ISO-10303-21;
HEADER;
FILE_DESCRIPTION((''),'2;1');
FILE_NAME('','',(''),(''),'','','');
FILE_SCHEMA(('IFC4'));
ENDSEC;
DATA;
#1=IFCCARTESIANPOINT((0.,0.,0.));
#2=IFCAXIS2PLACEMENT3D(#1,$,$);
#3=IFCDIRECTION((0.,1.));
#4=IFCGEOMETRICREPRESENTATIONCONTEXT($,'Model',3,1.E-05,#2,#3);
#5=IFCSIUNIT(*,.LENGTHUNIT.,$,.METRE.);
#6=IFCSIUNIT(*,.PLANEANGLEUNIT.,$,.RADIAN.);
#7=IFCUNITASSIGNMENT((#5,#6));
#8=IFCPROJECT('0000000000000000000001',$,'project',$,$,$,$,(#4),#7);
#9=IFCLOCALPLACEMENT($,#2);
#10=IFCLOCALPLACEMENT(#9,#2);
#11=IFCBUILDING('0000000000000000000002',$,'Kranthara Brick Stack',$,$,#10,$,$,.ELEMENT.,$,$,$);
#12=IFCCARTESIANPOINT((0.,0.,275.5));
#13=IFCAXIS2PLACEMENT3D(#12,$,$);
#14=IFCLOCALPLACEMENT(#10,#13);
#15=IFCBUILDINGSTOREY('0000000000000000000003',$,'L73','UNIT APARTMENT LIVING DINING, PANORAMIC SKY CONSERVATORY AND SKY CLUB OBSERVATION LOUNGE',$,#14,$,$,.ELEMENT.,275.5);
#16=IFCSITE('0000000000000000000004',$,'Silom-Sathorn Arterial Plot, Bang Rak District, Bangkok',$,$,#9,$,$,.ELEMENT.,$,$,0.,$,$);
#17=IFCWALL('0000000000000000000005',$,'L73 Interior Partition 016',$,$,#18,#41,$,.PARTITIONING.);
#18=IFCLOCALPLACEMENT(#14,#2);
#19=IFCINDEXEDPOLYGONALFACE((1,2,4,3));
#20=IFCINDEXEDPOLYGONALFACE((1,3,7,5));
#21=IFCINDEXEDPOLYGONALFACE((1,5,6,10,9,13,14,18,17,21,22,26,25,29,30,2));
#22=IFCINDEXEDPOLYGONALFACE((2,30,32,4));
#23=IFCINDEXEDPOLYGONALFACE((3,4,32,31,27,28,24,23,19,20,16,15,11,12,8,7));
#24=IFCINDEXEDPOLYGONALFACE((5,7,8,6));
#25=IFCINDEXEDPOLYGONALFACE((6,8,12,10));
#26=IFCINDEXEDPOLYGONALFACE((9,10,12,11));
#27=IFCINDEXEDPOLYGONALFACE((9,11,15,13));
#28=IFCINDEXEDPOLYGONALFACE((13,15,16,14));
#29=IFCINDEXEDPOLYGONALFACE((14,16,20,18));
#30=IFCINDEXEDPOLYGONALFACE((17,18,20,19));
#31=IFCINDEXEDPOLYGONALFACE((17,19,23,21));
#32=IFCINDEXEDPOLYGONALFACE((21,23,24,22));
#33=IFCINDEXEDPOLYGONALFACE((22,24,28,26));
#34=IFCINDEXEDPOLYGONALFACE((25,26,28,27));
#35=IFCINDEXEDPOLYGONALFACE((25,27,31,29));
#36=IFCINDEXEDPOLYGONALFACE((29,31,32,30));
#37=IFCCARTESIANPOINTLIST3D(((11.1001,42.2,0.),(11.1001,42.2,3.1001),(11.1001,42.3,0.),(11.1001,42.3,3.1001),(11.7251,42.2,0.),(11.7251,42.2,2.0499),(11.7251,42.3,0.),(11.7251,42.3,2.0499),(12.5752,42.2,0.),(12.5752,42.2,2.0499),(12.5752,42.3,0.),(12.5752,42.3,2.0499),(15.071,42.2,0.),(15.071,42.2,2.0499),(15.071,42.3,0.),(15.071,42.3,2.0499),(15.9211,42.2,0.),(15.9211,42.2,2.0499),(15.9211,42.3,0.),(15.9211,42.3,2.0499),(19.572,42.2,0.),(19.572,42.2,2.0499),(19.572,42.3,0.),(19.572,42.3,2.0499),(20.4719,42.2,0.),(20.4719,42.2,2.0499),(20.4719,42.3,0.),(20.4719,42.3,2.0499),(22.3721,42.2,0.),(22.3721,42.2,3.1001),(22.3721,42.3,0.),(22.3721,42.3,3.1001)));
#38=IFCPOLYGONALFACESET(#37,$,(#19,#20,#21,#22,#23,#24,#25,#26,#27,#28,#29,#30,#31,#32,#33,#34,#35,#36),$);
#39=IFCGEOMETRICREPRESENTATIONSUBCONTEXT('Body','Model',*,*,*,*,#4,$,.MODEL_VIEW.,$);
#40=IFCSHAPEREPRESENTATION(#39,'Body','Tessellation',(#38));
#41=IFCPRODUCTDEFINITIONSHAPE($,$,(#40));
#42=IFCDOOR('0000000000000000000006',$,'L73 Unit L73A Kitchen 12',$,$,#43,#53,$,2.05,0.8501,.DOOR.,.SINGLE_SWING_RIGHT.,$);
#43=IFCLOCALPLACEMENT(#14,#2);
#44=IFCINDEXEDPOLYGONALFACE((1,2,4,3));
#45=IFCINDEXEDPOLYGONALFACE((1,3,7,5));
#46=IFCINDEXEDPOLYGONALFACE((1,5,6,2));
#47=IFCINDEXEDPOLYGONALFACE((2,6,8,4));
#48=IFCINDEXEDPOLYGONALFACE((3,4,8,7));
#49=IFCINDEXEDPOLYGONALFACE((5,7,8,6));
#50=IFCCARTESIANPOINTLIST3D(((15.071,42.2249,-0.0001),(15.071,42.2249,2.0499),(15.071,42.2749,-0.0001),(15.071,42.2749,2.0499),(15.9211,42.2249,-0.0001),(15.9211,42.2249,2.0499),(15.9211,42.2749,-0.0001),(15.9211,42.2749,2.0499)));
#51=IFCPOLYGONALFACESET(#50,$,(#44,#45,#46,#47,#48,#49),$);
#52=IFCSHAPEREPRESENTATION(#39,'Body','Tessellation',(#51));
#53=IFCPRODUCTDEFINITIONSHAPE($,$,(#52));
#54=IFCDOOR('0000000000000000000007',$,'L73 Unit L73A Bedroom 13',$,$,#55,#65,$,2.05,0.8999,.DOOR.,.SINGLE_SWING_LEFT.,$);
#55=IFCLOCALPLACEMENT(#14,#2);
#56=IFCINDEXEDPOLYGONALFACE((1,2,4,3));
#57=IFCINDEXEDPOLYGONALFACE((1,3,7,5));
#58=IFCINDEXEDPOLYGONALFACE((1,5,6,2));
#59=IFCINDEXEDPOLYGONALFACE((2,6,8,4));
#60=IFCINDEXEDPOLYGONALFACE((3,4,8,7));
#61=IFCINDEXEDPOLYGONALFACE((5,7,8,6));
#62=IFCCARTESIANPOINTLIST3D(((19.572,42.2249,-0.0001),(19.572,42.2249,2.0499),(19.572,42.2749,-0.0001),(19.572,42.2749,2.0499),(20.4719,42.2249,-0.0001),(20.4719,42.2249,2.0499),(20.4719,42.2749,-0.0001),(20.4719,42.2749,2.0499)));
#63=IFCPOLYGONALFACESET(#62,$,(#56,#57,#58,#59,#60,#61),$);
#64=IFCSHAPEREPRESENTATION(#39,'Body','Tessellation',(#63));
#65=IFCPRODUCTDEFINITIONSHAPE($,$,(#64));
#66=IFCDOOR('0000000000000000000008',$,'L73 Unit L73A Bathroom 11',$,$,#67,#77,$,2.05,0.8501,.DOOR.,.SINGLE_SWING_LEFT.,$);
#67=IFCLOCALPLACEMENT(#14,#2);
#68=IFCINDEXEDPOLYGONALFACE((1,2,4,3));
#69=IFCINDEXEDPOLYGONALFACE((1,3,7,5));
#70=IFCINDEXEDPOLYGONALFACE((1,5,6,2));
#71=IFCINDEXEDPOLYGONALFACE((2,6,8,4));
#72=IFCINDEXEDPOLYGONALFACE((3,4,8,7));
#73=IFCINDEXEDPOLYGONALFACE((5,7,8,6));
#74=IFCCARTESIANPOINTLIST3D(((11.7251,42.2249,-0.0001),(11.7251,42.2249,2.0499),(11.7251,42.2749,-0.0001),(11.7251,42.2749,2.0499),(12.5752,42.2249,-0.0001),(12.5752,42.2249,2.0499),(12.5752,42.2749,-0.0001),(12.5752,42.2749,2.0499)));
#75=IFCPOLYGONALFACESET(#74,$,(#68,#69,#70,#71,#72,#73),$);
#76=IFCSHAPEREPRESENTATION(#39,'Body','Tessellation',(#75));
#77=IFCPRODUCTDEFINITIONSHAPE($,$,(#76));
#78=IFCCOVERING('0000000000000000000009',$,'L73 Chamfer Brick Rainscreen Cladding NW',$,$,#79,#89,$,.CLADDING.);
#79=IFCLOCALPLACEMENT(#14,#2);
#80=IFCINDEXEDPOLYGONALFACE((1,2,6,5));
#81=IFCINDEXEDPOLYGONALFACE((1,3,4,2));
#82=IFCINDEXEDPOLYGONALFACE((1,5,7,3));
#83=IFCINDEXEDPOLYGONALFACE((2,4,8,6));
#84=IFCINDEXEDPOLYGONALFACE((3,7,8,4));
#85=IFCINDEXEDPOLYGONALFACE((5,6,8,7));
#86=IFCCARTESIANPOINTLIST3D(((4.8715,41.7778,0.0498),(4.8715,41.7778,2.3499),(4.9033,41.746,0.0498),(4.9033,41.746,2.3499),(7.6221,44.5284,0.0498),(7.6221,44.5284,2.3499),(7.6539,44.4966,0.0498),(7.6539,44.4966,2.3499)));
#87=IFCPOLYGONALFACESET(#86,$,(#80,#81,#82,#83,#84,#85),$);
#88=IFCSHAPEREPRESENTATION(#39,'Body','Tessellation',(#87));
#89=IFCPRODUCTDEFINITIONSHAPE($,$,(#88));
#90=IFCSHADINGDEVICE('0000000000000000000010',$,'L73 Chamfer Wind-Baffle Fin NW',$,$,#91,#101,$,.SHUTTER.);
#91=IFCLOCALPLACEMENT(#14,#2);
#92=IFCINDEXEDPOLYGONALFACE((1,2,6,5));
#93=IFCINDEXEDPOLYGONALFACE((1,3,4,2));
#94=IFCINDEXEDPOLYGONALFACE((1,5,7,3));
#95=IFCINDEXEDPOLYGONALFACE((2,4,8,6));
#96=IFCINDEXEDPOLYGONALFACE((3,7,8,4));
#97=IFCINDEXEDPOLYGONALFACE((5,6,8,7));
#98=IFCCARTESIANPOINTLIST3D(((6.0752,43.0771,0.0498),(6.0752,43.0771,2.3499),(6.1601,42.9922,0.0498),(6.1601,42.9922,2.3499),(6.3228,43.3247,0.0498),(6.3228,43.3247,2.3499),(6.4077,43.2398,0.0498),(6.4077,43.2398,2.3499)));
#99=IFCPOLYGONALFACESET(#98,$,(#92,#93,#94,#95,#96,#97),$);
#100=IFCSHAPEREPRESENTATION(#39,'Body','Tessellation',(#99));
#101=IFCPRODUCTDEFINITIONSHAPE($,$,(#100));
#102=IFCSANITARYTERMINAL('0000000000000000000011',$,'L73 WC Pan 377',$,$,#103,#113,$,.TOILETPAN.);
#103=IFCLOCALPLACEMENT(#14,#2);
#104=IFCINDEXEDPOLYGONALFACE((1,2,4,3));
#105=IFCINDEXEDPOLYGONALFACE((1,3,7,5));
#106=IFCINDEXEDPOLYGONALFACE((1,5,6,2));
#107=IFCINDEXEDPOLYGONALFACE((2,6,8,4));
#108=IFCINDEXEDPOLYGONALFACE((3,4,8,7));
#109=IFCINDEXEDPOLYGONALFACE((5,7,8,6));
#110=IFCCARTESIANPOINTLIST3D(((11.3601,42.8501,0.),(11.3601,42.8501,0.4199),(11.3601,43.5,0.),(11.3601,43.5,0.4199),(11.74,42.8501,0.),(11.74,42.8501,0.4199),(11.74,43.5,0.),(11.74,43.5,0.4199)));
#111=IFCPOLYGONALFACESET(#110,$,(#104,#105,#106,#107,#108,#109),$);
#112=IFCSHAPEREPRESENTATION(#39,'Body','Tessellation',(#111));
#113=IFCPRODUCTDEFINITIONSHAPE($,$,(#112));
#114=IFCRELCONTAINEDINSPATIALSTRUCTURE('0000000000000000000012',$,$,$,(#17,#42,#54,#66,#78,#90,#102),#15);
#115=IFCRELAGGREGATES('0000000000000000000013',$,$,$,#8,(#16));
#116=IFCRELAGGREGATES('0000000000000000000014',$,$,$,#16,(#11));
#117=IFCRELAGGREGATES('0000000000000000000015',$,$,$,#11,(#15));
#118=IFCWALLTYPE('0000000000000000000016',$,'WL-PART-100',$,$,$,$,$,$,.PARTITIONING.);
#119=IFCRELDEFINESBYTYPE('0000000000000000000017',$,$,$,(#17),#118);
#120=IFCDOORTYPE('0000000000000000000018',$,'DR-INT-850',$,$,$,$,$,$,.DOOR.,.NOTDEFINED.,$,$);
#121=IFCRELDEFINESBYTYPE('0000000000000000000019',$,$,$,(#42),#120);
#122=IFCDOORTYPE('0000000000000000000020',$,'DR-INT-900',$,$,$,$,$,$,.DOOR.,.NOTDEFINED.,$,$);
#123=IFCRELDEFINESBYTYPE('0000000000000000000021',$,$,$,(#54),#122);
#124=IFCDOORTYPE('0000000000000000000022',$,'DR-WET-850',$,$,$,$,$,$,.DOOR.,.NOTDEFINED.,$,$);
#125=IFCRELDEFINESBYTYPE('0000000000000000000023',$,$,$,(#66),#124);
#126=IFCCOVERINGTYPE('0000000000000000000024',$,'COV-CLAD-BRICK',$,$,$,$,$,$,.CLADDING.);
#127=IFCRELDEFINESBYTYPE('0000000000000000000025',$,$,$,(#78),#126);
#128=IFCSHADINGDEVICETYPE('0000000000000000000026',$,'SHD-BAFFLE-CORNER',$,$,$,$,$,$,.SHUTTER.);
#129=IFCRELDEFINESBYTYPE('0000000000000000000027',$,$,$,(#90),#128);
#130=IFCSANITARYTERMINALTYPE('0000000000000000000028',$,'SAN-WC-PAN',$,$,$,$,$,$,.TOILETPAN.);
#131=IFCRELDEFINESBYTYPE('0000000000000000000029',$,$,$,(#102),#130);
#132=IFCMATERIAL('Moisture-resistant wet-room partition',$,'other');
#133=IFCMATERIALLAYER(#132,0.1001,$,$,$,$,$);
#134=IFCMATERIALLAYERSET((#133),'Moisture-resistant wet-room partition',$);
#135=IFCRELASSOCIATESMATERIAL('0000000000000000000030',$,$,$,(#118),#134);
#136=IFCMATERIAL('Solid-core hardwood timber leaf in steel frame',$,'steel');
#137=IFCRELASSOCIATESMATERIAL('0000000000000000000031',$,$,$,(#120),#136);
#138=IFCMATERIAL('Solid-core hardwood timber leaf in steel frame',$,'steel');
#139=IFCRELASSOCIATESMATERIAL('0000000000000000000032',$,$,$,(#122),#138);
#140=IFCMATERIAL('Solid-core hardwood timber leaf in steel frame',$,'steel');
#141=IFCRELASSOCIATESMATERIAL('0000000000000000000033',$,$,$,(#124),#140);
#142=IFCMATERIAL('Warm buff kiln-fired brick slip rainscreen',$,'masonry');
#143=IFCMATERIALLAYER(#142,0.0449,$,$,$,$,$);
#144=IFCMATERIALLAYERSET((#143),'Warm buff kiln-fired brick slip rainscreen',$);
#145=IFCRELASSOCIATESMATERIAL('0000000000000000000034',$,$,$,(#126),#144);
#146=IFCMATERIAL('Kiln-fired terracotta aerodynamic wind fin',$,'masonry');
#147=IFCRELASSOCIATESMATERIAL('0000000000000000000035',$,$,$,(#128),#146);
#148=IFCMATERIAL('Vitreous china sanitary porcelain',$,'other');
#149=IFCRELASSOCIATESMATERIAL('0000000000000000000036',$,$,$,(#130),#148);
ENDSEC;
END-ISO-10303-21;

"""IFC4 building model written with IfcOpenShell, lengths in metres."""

from ifc_helpers import new_model, si_unit, direction, frame, frame_2d, origin, origin_2d, place, context, subcontext, project, spatial, rectangle, extrude, material, layer, layer_set, type_object, element, fill, save


model = new_model("IFC4")

# Units and contexts
model_context = context("Model", 3, precision=1e-05, world=origin(), true_north=direction((0.0, 1.0)))
body_context = subcontext(model_context, "Body", "Model", "MODEL_VIEW")
ifc_project = project(units=[si_unit("LENGTHUNIT", "METRE"), si_unit("PLANEANGLEUNIT", "RADIAN")], contexts=[model_context])

# Site, building, storey
site_placement = place(None, origin())
site = spatial("IfcSite", under=ifc_project, at=site_placement, Name="Silom-Sathorn Arterial Plot, Bang Rak District, Bangkok", CompositionType="ELEMENT", RefElevation=0.0)
building_placement = place(site_placement, origin())
building = spatial("IfcBuilding", under=site, at=building_placement, Name="Kranthara Brick Stack", CompositionType="ELEMENT")
storey_placement = place(building_placement, frame((0.0, 0.0, 275.5)))
storey = spatial("IfcBuildingStorey", under=building, at=storey_placement, Name="L73", Description="UNIT APARTMENT LIVING DINING, PANORAMIC SKY CONSERVATORY AND SKY CLUB OBSERVATION LOUNGE", CompositionType="ELEMENT", Elevation=275.5)

# Wall, openings, doors
ifc_material_1 = material(Name="Moisture-resistant wet-room partition", Category="other")
ifc_layer_1 = layer(ifc_material_1, 0.1001)
ifc_layer_set_1 = layer_set([ifc_layer_1], Name="Moisture-resistant wet-room partition")
wall_type_1 = type_object("IfcWallType", Name="WL-PART-100", PredefinedType="PARTITIONING", material=ifc_layer_set_1)
wall_1_placement = place(storey_placement, frame((11.1001, 42.25, 0.0), z_axis=(0.0, 0.0, 1.0), x_axis=(1.0, 0.0, 0.0)))
wall_1 = element("IfcWall", 1, at=wall_1_placement, inside=storey, type_object=wall_type_1, Name="L73 Interior Partition 016", PredefinedType="PARTITIONING", context=body_context, shape_type="SweptSolid", body=[
    extrude(rectangle(XDim=11.272, YDim=0.1001, at=frame_2d((5.636, 0.0))), origin(), (0.0, 0.0, 1.0), 3.1001),
])
opening_1_placement = place(wall_1_placement, frame((0.625, 0.0, 0.0)))
opening_1 = element("IfcOpeningElement", 2, at=opening_1_placement, cuts=wall_1, PredefinedType="OPENING", context=body_context, shape_type="SweptSolid", body=[
    extrude(rectangle(XDim=0.8501, YDim=2.05, at=frame_2d((0.425, 1.0249))), frame((0.0, 0.0601, 0.0), z_axis=(0.0, -1.0, 0.0), x_axis=(1.0, 0.0, 0.0)), (0.0, 0.0, 1.0), 0.1201),
])
opening_2_placement = place(wall_1_placement, frame((3.9709, 0.0, 0.0)))
opening_2 = element("IfcOpeningElement", 3, at=opening_2_placement, cuts=wall_1, PredefinedType="OPENING", context=body_context, shape_type="SweptSolid", body=[
    extrude(rectangle(XDim=0.8501, YDim=2.05, at=frame_2d((0.425, 1.0249))), frame((0.0, 0.0601, 0.0), z_axis=(0.0, -1.0, 0.0), x_axis=(1.0, 0.0, 0.0)), (0.0, 0.0, 1.0), 0.1201),
])
opening_3_placement = place(wall_1_placement, frame((8.4719, 0.0, 0.0)))
opening_3 = element("IfcOpeningElement", 4, at=opening_3_placement, cuts=wall_1, PredefinedType="OPENING", context=body_context, shape_type="SweptSolid", body=[
    extrude(rectangle(XDim=0.8999, YDim=2.05, at=frame_2d((0.45, 1.0249))), frame((0.0, 0.0601, 0.0), z_axis=(0.0, -1.0, 0.0), x_axis=(1.0, 0.0, 0.0)), (0.0, 0.0, 1.0), 0.1201),
])
ifc_material_2 = material(Name="Solid-core hardwood timber leaf in steel frame", Category="steel")
door_type_1 = type_object("IfcDoorType", Name="DR-INT-850", OperationType="NOTDEFINED", PredefinedType="DOOR", material=ifc_material_2)
door_1_placement = place(opening_2_placement, origin())
door_1 = element("IfcDoor", 5, at=door_1_placement, inside=storey, type_object=door_type_1, Name="L73 Unit L73A Kitchen 12", OperationType="SINGLE_SWING_RIGHT", OverallHeight=2.05, OverallWidth=0.8501, PredefinedType="DOOR", context=body_context, shape_type="SweptSolid", body=[
    extrude(rectangle(XDim=0.8501, YDim=2.05, at=frame_2d((0.425, 1.0249))), frame((0.0, 0.0249, 0.0), z_axis=(0.0, -1.0, 0.0), x_axis=(1.0, 0.0, 0.0)), (0.0, 0.0, 1.0), 0.05),
])
fill(opening_2, door_1)
ifc_material_3 = material(Name="Solid-core hardwood timber leaf in steel frame", Category="steel")
door_type_2 = type_object("IfcDoorType", Name="DR-INT-900", OperationType="NOTDEFINED", PredefinedType="DOOR", material=ifc_material_3)
door_2_placement = place(opening_3_placement, origin())
door_2 = element("IfcDoor", 6, at=door_2_placement, inside=storey, type_object=door_type_2, Name="L73 Unit L73A Bedroom 13", OperationType="SINGLE_SWING_LEFT", OverallHeight=2.05, OverallWidth=0.8999, PredefinedType="DOOR", context=body_context, shape_type="SweptSolid", body=[
    extrude(rectangle(XDim=0.8999, YDim=2.05, at=frame_2d((0.45, 1.0249))), frame((0.0, 0.0249, 0.0), z_axis=(0.0, -1.0, 0.0), x_axis=(1.0, 0.0, 0.0)), (0.0, 0.0, 1.0), 0.05),
])
fill(opening_3, door_2)
ifc_material_4 = material(Name="Solid-core hardwood timber leaf in steel frame", Category="steel")
door_type_3 = type_object("IfcDoorType", Name="DR-WET-850", OperationType="NOTDEFINED", PredefinedType="DOOR", material=ifc_material_4)
door_3_placement = place(opening_1_placement, origin())
door_3 = element("IfcDoor", 7, at=door_3_placement, inside=storey, type_object=door_type_3, Name="L73 Unit L73A Bathroom 11", OperationType="SINGLE_SWING_LEFT", OverallHeight=2.05, OverallWidth=0.8501, PredefinedType="DOOR", context=body_context, shape_type="SweptSolid", body=[
    extrude(rectangle(XDim=0.8501, YDim=2.05, at=frame_2d((0.425, 1.0249))), frame((0.0, 0.0249, 0.0), z_axis=(0.0, -1.0, 0.0), x_axis=(1.0, 0.0, 0.0)), (0.0, 0.0, 1.0), 0.05),
])
fill(opening_1, door_3)

# Covering
ifc_material_5 = material(Name="Warm buff kiln-fired brick slip rainscreen", Category="masonry")
ifc_layer_2 = layer(ifc_material_5, 0.0449)
ifc_layer_set_2 = layer_set([ifc_layer_2], Name="Warm buff kiln-fired brick slip rainscreen")
covering_type = type_object("IfcCoveringType", Name="COV-CLAD-BRICK", PredefinedType="CLADDING", material=ifc_layer_set_2)
covering_placement = place(storey_placement, frame((6.2627, 43.1372, 0.0498), z_axis=(0.0, 0.0, 1.0), x_axis=(0.707107, 0.707107, 0.0)))
element("IfcCovering", 8, at=covering_placement, inside=storey, type_object=covering_type, Name="L73 Chamfer Brick Rainscreen Cladding NW", PredefinedType="CLADDING", context=body_context, shape_type="SweptSolid", body=[
    extrude(rectangle(XDim=3.8899, YDim=0.0449, at=origin_2d()), origin(), (0.0, 0.0, 1.0), 2.3),
])

# Shading device
ifc_material_6 = material(Name="Kiln-fired terracotta aerodynamic wind fin", Category="masonry")
shading_device_type = type_object("IfcShadingDeviceType", Name="SHD-BAFFLE-CORNER", PredefinedType="SHUTTER", material=ifc_material_6)
shading_device_placement = place(storey_placement, frame((6.2415, 43.1584, 0.0498), z_axis=(0.0, 0.0, 1.0), x_axis=(0.707107, 0.707107, 0.0)))
element("IfcShadingDevice", 9, at=shading_device_placement, inside=storey, type_object=shading_device_type, Name="L73 Chamfer Wind-Baffle Fin NW", PredefinedType="SHUTTER", context=body_context, shape_type="SweptSolid", body=[
    extrude(rectangle(XDim=0.3501, YDim=0.1201, at=origin_2d()), origin(), (0.0, 0.0, 1.0), 2.3),
])

# Sanitary terminal
ifc_material_7 = material(Name="Vitreous china sanitary porcelain", Category="other")
sanitary_terminal_type = type_object("IfcSanitaryTerminalType", Name="SAN-WC-PAN", PredefinedType="TOILETPAN", material=ifc_material_7)
sanitary_terminal_placement = place(storey_placement, frame((11.55, 43.175, 0.0), z_axis=(0.0, 0.0, 1.0), x_axis=(1.0, 0.0, 0.0)))
element("IfcSanitaryTerminal", 10, at=sanitary_terminal_placement, inside=storey, type_object=sanitary_terminal_type, Name="L73 WC Pan 377", PredefinedType="TOILETPAN", context=body_context, shape_type="SweptSolid", body=[
    extrude(rectangle(XDim=0.3799, YDim=0.6499, at=origin_2d()), origin(), (0.0, 0.0, 1.0), 0.4199),
])

save(model, "model.ifc")
